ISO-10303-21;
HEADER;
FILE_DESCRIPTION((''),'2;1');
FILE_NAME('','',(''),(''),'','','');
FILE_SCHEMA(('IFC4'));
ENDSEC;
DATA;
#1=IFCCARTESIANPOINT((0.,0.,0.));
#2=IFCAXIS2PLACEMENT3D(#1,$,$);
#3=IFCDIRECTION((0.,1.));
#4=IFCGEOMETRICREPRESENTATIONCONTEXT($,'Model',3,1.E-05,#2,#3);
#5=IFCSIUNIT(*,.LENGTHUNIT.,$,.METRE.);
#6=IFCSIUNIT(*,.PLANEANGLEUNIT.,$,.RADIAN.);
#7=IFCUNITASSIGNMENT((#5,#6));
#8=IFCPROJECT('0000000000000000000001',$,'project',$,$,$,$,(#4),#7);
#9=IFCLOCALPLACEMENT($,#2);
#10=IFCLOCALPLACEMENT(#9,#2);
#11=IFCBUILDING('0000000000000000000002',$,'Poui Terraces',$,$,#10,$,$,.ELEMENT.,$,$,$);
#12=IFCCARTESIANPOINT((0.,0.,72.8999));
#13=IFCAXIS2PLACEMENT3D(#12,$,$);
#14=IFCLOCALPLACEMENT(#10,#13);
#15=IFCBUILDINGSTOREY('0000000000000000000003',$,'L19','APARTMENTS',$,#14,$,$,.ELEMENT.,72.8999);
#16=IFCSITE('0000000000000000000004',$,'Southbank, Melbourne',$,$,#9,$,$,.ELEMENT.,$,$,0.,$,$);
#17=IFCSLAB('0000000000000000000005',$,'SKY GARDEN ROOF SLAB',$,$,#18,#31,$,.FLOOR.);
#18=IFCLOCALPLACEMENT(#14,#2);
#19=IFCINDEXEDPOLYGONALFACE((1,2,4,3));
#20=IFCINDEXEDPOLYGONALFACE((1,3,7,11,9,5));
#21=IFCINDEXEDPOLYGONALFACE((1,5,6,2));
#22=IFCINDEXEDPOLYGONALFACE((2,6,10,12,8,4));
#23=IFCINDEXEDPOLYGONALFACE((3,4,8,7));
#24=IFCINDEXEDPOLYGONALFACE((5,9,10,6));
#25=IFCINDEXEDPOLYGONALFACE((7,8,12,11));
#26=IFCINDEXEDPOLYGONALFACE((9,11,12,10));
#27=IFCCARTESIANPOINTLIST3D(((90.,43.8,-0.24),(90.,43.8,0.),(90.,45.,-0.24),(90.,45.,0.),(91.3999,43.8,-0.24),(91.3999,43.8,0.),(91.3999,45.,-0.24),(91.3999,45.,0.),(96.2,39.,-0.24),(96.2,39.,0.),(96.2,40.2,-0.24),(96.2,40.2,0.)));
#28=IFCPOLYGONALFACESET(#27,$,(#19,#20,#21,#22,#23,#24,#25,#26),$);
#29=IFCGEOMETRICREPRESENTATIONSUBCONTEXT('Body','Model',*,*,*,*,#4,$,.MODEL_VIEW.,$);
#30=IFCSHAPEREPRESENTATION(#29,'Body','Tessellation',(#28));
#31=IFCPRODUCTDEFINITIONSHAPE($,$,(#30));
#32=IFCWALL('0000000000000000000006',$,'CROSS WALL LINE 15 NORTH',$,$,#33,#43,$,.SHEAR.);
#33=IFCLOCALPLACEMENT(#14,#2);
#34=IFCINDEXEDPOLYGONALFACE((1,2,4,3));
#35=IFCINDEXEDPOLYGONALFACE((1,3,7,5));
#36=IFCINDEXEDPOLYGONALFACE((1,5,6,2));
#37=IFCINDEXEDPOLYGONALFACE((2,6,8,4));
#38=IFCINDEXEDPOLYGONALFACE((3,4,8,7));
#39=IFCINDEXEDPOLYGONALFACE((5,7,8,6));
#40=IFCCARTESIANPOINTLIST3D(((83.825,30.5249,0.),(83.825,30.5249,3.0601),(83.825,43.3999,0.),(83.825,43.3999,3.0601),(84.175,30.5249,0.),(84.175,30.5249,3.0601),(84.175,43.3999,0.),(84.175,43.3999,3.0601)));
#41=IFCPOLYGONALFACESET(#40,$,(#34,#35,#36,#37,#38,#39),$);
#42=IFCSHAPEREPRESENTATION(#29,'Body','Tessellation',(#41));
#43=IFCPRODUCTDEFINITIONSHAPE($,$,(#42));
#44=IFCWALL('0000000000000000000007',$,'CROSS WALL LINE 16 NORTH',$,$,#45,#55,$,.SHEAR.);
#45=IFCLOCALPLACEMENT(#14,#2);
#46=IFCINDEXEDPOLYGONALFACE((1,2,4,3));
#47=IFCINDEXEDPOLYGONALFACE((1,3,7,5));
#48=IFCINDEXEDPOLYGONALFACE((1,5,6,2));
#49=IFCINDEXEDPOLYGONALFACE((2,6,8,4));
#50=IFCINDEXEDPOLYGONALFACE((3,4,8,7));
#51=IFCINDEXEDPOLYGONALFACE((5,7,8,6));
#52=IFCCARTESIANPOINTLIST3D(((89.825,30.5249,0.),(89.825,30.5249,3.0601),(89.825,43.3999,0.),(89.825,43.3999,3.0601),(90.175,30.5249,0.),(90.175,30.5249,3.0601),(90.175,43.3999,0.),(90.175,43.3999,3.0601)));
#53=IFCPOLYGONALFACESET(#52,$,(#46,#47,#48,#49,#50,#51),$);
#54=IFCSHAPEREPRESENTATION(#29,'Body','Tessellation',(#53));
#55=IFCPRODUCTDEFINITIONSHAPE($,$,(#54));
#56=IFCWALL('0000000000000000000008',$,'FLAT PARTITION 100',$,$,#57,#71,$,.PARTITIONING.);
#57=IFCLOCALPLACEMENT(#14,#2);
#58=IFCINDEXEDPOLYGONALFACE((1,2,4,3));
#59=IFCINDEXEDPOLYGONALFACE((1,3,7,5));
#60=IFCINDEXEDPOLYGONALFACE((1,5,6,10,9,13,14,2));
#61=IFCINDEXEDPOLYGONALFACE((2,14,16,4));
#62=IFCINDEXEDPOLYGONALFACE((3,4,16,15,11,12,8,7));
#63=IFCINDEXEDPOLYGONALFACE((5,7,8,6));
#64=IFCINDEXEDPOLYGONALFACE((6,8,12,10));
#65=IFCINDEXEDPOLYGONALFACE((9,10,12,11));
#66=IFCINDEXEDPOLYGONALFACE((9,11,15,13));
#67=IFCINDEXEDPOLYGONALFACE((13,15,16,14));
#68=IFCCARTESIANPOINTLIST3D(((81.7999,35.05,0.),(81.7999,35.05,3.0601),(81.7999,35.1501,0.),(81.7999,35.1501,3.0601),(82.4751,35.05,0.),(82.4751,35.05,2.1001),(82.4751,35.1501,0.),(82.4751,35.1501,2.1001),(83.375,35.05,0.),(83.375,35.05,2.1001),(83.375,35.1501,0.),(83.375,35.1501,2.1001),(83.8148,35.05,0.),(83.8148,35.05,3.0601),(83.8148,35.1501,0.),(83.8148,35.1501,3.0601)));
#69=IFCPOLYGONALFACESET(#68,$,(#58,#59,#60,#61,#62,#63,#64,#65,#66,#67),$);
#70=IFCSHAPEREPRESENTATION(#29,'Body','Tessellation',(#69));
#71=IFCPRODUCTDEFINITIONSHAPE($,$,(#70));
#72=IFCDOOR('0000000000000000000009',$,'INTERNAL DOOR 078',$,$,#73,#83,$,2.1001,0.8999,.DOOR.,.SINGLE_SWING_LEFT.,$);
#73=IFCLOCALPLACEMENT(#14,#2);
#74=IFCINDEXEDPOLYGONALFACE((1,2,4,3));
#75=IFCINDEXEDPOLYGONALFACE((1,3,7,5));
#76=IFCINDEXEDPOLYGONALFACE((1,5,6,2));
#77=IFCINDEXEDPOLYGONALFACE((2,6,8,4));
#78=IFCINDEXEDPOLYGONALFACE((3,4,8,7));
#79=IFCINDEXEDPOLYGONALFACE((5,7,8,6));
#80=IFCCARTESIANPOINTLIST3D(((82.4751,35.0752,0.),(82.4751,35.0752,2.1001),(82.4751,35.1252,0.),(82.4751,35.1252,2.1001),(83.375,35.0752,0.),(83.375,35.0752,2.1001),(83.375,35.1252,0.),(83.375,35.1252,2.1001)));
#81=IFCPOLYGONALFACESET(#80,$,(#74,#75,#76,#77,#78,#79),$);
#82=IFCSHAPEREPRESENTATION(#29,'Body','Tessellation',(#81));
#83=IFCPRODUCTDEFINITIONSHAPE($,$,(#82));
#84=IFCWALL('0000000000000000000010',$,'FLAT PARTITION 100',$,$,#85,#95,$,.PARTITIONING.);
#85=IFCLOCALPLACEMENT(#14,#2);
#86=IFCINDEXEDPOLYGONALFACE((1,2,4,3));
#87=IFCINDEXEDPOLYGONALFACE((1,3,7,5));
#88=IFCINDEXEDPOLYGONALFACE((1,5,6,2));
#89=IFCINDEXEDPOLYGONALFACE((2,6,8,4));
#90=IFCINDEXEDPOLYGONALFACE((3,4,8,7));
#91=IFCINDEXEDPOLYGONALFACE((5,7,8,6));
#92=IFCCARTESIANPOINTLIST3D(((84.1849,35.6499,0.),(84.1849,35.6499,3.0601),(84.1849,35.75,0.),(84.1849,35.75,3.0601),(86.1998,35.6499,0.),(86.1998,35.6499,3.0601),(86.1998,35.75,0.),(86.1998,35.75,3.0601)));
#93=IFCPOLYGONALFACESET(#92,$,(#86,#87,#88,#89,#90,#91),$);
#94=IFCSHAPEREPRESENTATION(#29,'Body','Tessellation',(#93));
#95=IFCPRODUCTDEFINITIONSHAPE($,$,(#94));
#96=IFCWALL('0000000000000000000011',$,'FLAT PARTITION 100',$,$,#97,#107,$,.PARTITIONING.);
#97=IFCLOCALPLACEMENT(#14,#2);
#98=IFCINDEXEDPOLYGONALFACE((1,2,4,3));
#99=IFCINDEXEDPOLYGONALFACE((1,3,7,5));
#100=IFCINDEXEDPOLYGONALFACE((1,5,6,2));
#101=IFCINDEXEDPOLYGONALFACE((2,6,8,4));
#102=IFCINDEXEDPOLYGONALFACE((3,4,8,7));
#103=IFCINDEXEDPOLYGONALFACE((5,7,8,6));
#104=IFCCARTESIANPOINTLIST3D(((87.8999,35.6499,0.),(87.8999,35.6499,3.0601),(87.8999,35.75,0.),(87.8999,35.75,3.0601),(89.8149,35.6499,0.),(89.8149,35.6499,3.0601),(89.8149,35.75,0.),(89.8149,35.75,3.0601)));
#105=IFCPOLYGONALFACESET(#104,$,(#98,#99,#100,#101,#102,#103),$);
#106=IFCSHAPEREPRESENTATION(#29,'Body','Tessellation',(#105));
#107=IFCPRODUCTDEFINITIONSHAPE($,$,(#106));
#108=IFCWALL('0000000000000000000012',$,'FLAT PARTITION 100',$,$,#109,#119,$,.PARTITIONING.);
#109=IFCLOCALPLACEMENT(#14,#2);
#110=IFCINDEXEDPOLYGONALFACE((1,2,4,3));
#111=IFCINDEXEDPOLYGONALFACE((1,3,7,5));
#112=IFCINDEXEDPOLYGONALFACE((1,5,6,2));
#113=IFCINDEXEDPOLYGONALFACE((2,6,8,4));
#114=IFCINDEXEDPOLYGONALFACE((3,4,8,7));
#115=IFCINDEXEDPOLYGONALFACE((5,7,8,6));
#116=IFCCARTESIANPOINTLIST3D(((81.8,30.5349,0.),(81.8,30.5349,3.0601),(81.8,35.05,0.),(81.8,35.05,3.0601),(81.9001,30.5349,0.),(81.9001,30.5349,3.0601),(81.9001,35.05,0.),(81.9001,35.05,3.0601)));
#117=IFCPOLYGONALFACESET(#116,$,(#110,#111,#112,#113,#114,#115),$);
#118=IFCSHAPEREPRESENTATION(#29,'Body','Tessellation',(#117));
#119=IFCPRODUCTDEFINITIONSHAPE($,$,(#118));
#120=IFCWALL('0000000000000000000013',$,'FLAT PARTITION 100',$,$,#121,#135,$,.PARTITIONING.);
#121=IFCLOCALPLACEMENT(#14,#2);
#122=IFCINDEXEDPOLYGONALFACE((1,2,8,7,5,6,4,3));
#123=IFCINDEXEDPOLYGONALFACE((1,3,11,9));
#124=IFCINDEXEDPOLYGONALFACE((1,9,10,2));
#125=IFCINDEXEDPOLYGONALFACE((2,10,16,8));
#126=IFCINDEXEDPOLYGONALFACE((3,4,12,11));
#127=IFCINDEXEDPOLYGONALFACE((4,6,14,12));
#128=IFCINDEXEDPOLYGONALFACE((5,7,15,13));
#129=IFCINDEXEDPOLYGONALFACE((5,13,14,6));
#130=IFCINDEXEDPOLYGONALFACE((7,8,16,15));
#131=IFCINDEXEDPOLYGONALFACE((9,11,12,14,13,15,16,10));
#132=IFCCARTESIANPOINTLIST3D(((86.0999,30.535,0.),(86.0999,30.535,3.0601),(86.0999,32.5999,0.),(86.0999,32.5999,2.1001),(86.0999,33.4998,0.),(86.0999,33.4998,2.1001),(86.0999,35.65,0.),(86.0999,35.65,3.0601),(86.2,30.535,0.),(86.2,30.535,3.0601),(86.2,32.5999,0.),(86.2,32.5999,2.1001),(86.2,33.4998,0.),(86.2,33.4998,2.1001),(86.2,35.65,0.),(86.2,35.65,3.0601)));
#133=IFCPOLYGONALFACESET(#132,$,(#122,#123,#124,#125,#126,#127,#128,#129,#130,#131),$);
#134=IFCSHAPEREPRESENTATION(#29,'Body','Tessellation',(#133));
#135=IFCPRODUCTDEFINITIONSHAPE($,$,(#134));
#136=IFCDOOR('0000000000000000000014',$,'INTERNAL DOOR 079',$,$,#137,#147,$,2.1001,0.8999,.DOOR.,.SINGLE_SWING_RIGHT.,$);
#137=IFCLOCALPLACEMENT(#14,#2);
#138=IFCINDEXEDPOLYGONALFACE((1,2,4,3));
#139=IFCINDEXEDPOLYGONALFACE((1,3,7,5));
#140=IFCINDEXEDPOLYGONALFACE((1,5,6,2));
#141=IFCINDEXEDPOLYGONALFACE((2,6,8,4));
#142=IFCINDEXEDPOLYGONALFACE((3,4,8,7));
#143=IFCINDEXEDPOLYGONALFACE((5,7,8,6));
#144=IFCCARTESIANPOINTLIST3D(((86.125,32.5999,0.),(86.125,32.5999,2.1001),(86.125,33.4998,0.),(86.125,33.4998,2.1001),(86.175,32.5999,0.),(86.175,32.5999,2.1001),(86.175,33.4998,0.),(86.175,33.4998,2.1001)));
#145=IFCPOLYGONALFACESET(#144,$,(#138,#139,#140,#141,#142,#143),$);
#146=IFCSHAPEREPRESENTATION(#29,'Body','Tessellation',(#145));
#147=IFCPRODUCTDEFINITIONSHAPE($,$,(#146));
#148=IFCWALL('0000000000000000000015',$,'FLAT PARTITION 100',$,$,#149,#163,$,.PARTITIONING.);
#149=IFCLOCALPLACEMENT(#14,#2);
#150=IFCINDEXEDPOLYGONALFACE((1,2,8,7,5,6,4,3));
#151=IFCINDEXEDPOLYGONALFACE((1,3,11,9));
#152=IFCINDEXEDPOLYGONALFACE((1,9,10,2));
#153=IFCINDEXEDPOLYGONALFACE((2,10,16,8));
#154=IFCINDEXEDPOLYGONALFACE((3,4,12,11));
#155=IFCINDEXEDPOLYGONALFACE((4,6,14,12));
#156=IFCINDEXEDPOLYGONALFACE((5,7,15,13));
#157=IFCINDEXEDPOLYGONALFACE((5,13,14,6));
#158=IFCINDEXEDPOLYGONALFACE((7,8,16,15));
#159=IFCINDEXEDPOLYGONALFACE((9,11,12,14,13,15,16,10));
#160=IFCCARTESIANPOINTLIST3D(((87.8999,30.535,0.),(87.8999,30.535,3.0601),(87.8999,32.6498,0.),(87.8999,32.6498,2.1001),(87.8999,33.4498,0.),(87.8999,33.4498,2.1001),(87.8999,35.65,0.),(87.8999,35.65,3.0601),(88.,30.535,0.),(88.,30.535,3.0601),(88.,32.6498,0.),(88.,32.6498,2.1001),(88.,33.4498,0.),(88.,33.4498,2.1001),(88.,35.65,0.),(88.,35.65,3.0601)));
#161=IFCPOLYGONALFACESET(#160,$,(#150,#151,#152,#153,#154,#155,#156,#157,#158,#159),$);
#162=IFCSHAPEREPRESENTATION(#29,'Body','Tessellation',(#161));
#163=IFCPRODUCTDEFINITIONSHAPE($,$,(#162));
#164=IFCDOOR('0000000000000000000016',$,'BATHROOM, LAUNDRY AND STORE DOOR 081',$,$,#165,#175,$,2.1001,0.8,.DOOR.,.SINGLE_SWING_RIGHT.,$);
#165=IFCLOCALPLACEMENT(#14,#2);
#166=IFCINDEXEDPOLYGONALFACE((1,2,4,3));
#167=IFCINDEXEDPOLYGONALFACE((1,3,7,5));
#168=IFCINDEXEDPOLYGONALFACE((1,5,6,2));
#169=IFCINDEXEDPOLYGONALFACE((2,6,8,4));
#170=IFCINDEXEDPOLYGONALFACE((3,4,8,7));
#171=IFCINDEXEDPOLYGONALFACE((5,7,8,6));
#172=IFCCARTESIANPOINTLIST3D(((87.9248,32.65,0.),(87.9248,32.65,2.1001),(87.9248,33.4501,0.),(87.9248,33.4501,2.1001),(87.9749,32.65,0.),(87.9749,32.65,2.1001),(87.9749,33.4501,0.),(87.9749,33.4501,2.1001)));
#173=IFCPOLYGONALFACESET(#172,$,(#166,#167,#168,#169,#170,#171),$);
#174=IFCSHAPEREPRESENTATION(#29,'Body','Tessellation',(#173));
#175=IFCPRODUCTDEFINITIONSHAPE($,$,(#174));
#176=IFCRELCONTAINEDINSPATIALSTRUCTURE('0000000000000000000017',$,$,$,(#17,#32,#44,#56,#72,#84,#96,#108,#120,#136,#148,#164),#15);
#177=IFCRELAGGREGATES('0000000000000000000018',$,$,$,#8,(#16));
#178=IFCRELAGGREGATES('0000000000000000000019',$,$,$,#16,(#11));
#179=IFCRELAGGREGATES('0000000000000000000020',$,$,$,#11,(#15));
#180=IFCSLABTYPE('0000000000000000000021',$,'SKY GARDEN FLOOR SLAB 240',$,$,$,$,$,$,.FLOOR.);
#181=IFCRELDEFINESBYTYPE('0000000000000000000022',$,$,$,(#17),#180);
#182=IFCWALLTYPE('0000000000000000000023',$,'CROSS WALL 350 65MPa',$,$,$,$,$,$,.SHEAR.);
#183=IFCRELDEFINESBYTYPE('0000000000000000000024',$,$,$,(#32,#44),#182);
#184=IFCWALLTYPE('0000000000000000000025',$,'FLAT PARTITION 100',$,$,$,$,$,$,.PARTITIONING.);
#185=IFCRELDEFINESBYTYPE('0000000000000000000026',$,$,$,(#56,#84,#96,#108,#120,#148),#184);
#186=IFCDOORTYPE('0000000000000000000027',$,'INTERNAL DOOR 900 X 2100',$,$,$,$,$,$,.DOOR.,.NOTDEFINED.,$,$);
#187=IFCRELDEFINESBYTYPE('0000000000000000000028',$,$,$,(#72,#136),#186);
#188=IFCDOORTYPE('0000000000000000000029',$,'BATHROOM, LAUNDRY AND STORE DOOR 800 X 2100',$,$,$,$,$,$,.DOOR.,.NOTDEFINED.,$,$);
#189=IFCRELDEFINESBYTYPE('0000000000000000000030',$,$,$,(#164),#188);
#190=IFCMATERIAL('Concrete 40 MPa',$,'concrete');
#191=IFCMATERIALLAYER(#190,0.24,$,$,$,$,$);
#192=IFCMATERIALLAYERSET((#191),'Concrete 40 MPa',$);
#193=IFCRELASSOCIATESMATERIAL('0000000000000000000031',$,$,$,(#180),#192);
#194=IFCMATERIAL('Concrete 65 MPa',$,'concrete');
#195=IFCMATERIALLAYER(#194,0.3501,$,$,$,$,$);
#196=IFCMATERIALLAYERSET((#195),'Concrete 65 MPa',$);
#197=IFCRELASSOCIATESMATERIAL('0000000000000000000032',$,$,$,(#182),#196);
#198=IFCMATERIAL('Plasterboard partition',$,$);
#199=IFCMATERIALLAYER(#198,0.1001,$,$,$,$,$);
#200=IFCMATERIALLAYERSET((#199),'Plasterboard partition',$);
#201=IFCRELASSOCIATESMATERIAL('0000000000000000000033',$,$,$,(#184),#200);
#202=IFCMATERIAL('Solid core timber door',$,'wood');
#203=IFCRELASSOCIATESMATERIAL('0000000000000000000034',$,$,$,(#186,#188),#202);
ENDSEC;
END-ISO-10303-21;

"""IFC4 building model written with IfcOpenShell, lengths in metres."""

from ifc_helpers import new_model, si_unit, direction, frame, frame_2d, origin, place, context, subcontext, project, spatial, polyline, rectangle, outline, extrude, source, transform, mapped, material, layer, layer_set, type_object, element, fill, save


model = new_model("IFC4")

# Units and contexts
model_context = context("Model", 3, precision=1e-05, world=origin(), true_north=direction((0.0, 1.0)))
body_context = subcontext(model_context, "Body", "Model", "MODEL_VIEW")
ifc_project = project(units=[si_unit("LENGTHUNIT", "METRE"), si_unit("PLANEANGLEUNIT", "RADIAN")], contexts=[model_context])

# Site, building, storey
site_placement = place(None, origin())
site = spatial("IfcSite", under=ifc_project, at=site_placement, Name="Southbank, Melbourne", CompositionType="ELEMENT", RefElevation=0.0)
building_placement = place(site_placement, origin())
building = spatial("IfcBuilding", under=site, at=building_placement, Name="Poui Terraces", CompositionType="ELEMENT")
storey_placement = place(building_placement, frame((0.0, 0.0, 72.8999)))
storey = spatial("IfcBuildingStorey", under=building, at=storey_placement, Name="L19", Description="APARTMENTS", CompositionType="ELEMENT", Elevation=72.8999)

# Slab
ifc_material_1 = material(Name="Concrete 40 MPa", Category="concrete")
ifc_layer_1 = layer(ifc_material_1, 0.24)
ifc_layer_set_1 = layer_set([ifc_layer_1], Name="Concrete 40 MPa")
slab_type = type_object("IfcSlabType", Name="SKY GARDEN FLOOR SLAB 240", PredefinedType="FLOOR", material=ifc_layer_set_1)
shared_shape_1 = source(origin(), body_context, "Body", "SweptSolid", [
    extrude(outline(polyline([(0.0, 0.0), (0.0, -1.2), (1.3999, -1.2), (6.2, -6.0), (6.2, -4.8), (1.3999, 0.0), (0.0, 0.0)])), origin(), (0.0, 0.0, 1.0), 0.24),
])
slab_placement = place(storey_placement, frame((90.0, 45.0, -0.24)))
element("IfcSlab", 1, at=slab_placement, inside=storey, type_object=slab_type, Name="SKY GARDEN ROOF SLAB", PredefinedType="FLOOR", context=body_context, shape_type="MappedRepresentation", body=[
    mapped(shared_shape_1, transform((0.0, 0.0, 0.0))),
])

# Walls
ifc_material_2 = material(Name="Concrete 65 MPa", Category="concrete")
ifc_layer_2 = layer(ifc_material_2, 0.3501)
ifc_layer_set_2 = layer_set([ifc_layer_2], Name="Concrete 65 MPa")
wall_type_1 = type_object("IfcWallType", Name="CROSS WALL 350 65MPa", PredefinedType="SHEAR", material=ifc_layer_set_2)
for number, where, z_axis, x_axis, name in (
    (2, (84.0, 30.5249, 0.0), (0.0, 0.0, 1.0), (0.0, 1.0, 0.0), "CROSS WALL LINE 15 NORTH"),
    (3, (90.0, 30.5249, 0.0), (0.0, 0.0, 1.0), (0.0, 1.0, 0.0), "CROSS WALL LINE 16 NORTH"),
):
    element("IfcWall", number, at=place(storey_placement, frame(where, z_axis=z_axis, x_axis=x_axis)), inside=storey, type_object=wall_type_1, Name=name, PredefinedType="SHEAR", context=body_context, shape_type="SweptSolid", body=[
        extrude(rectangle(XDim=12.875, YDim=0.3501, at=frame_2d((6.4375, 0.0))), origin(), (0.0, 0.0, 1.0), 3.0601),
    ])

# Wall, opening, door
ifc_material_3 = material(Name="Plasterboard partition")
ifc_layer_3 = layer(ifc_material_3, 0.1001)
ifc_layer_set_3 = layer_set([ifc_layer_3], Name="Plasterboard partition")
wall_type_2 = type_object("IfcWallType", Name="FLAT PARTITION 100", PredefinedType="PARTITIONING", material=ifc_layer_set_3)
wall_1_placement = place(storey_placement, frame((81.8, 35.1001, 0.0), z_axis=(0.0, 0.0, 1.0), x_axis=(1.0, 0.0, 0.0)))
wall_1 = element("IfcWall", 4, at=wall_1_placement, inside=storey, type_object=wall_type_2, Name="FLAT PARTITION 100", PredefinedType="PARTITIONING", context=body_context, shape_type="SweptSolid", body=[
    extrude(rectangle(XDim=2.0149, YDim=0.1001, at=frame_2d((1.0073, 0.0))), origin(), (0.0, 0.0, 1.0), 3.0601),
])
opening_1_placement = place(wall_1_placement, frame((0.675, 0.0, 0.0)))
opening_1 = element("IfcOpeningElement", 5, at=opening_1_placement, cuts=wall_1, PredefinedType="OPENING", context=body_context, shape_type="SweptSolid", body=[
    extrude(rectangle(XDim=0.8999, YDim=2.1001, at=frame_2d((0.45, 1.05))), frame((0.0, 0.0601, 0.0), z_axis=(0.0, -1.0, 0.0), x_axis=(1.0, 0.0, 0.0)), (0.0, 0.0, 1.0), 0.1201),
])
ifc_material_4 = material(Name="Solid core timber door", Category="wood")
door_type_1 = type_object("IfcDoorType", Name="INTERNAL DOOR 900 X 2100", OperationType="NOTDEFINED", PredefinedType="DOOR", material=ifc_material_4)
door_1_placement = place(opening_1_placement, frame((0.8999, 0.0, 0.0), z_axis=(0.0, 0.0, 1.0), x_axis=(-1.0, 0.0, 0.0)))
door_1 = element("IfcDoor", 6, at=door_1_placement, inside=storey, type_object=door_type_1, Name="INTERNAL DOOR 078", OperationType="SINGLE_SWING_LEFT", OverallHeight=2.1001, OverallWidth=0.8999, PredefinedType="DOOR", context=body_context, shape_type="SweptSolid", body=[
    extrude(rectangle(XDim=0.8999, YDim=2.1001, at=frame_2d((0.45, 1.05))), frame((0.0, 0.0249, 0.0), z_axis=(0.0, -1.0, 0.0), x_axis=(1.0, 0.0, 0.0)), (0.0, 0.0, 1.0), 0.05),
])
fill(opening_1, door_1)

# Walls
wall_2_placement = place(storey_placement, frame((84.1851, 35.7, 0.0), z_axis=(0.0, 0.0, 1.0), x_axis=(1.0, 0.0, 0.0)))
element("IfcWall", 7, at=wall_2_placement, inside=storey, type_object=wall_type_2, Name="FLAT PARTITION 100", PredefinedType="PARTITIONING", context=body_context, shape_type="SweptSolid", body=[
    extrude(rectangle(XDim=2.0149, YDim=0.1001, at=frame_2d((1.0073, 0.0))), origin(), (0.0, 0.0, 1.0), 3.0601),
])
wall_3_placement = place(storey_placement, frame((87.8999, 35.7, 0.0), z_axis=(0.0, 0.0, 1.0), x_axis=(1.0, 0.0, 0.0)))
element("IfcWall", 8, at=wall_3_placement, inside=storey, type_object=wall_type_2, Name="FLAT PARTITION 100", PredefinedType="PARTITIONING", context=body_context, shape_type="SweptSolid", body=[
    extrude(rectangle(XDim=1.915, YDim=0.1001, at=frame_2d((0.9575, 0.0))), origin(), (0.0, 0.0, 1.0), 3.0601),
])
wall_4_placement = place(storey_placement, frame((81.8501, 30.5349, 0.0), z_axis=(0.0, 0.0, 1.0), x_axis=(0.0, 1.0, 0.0)))
element("IfcWall", 9, at=wall_4_placement, inside=storey, type_object=wall_type_2, Name="FLAT PARTITION 100", PredefinedType="PARTITIONING", context=body_context, shape_type="SweptSolid", body=[
    extrude(rectangle(XDim=4.5151, YDim=0.1001, at=frame_2d((2.2576, 0.0))), origin(), (0.0, 0.0, 1.0), 3.0601),
])

# Walls, openings, doors
wall_5_placement = place(storey_placement, frame((86.1499, 30.5349, 0.0), z_axis=(0.0, 0.0, 1.0), x_axis=(0.0, 1.0, 0.0)))
wall_5 = element("IfcWall", 10, at=wall_5_placement, inside=storey, type_object=wall_type_2, Name="FLAT PARTITION 100", PredefinedType="PARTITIONING", context=body_context, shape_type="SweptSolid", body=[
    extrude(rectangle(XDim=5.115, YDim=0.1001, at=frame_2d((2.5576, 0.0))), origin(), (0.0, 0.0, 1.0), 3.0601),
])
opening_2_placement = place(wall_5_placement, frame((2.0649, 0.0, 0.0)))
opening_2 = element("IfcOpeningElement", 11, at=opening_2_placement, cuts=wall_5, PredefinedType="OPENING", context=body_context, shape_type="SweptSolid", body=[
    extrude(rectangle(XDim=0.8999, YDim=2.1001, at=frame_2d((0.45, 1.05))), frame((0.0, 0.0601, 0.0), z_axis=(0.0, -1.0, 0.0), x_axis=(1.0, 0.0, 0.0)), (0.0, 0.0, 1.0), 0.1201),
])
door_2_placement = place(opening_2_placement, origin())
door_2 = element("IfcDoor", 12, at=door_2_placement, inside=storey, type_object=door_type_1, Name="INTERNAL DOOR 079", OperationType="SINGLE_SWING_RIGHT", OverallHeight=2.1001, OverallWidth=0.8999, PredefinedType="DOOR", context=body_context, shape_type="SweptSolid", body=[
    extrude(rectangle(XDim=0.8999, YDim=2.1001, at=frame_2d((0.45, 1.05))), frame((0.0, 0.0249, 0.0), z_axis=(0.0, -1.0, 0.0), x_axis=(1.0, 0.0, 0.0)), (0.0, 0.0, 1.0), 0.05),
])
fill(opening_2, door_2)
wall_6_placement = place(storey_placement, frame((87.95, 30.5349, 0.0), z_axis=(0.0, 0.0, 1.0), x_axis=(0.0, 1.0, 0.0)))
wall_6 = element("IfcWall", 13, at=wall_6_placement, inside=storey, type_object=wall_type_2, Name="FLAT PARTITION 100", PredefinedType="PARTITIONING", context=body_context, shape_type="SweptSolid", body=[
    extrude(rectangle(XDim=5.115, YDim=0.1001, at=frame_2d((2.5576, 0.0))), origin(), (0.0, 0.0, 1.0), 3.0601),
])
opening_3_placement = place(wall_6_placement, frame((2.115, 0.0, 0.0)))
opening_3 = element("IfcOpeningElement", 14, at=opening_3_placement, cuts=wall_6, PredefinedType="OPENING", context=body_context, shape_type="SweptSolid", body=[
    extrude(rectangle(XDim=0.8, YDim=2.1001, at=frame_2d((0.3999, 1.05))), frame((0.0, 0.0601, 0.0), z_axis=(0.0, -1.0, 0.0), x_axis=(1.0, 0.0, 0.0)), (0.0, 0.0, 1.0), 0.1201),
])
door_type_2 = type_object("IfcDoorType", Name="BATHROOM, LAUNDRY AND STORE DOOR 800 X 2100", OperationType="NOTDEFINED", PredefinedType="DOOR", material=ifc_material_4)
door_3_placement = place(opening_3_placement, frame((0.8, 0.0, 0.0), z_axis=(0.0, 0.0, 1.0), x_axis=(-1.0, 0.0, 0.0)))
door_3 = element("IfcDoor", 15, at=door_3_placement, inside=storey, type_object=door_type_2, Name="BATHROOM, LAUNDRY AND STORE DOOR 081", OperationType="SINGLE_SWING_RIGHT", OverallHeight=2.1001, OverallWidth=0.8, PredefinedType="DOOR", context=body_context, shape_type="SweptSolid", body=[
    extrude(rectangle(XDim=0.8, YDim=2.1001, at=frame_2d((0.3999, 1.05))), frame((0.0, 0.0249, 0.0), z_axis=(0.0, -1.0, 0.0), x_axis=(1.0, 0.0, 0.0)), (0.0, 0.0, 1.0), 0.05),
])
fill(opening_3, door_3)

save(model, "model.ifc")
